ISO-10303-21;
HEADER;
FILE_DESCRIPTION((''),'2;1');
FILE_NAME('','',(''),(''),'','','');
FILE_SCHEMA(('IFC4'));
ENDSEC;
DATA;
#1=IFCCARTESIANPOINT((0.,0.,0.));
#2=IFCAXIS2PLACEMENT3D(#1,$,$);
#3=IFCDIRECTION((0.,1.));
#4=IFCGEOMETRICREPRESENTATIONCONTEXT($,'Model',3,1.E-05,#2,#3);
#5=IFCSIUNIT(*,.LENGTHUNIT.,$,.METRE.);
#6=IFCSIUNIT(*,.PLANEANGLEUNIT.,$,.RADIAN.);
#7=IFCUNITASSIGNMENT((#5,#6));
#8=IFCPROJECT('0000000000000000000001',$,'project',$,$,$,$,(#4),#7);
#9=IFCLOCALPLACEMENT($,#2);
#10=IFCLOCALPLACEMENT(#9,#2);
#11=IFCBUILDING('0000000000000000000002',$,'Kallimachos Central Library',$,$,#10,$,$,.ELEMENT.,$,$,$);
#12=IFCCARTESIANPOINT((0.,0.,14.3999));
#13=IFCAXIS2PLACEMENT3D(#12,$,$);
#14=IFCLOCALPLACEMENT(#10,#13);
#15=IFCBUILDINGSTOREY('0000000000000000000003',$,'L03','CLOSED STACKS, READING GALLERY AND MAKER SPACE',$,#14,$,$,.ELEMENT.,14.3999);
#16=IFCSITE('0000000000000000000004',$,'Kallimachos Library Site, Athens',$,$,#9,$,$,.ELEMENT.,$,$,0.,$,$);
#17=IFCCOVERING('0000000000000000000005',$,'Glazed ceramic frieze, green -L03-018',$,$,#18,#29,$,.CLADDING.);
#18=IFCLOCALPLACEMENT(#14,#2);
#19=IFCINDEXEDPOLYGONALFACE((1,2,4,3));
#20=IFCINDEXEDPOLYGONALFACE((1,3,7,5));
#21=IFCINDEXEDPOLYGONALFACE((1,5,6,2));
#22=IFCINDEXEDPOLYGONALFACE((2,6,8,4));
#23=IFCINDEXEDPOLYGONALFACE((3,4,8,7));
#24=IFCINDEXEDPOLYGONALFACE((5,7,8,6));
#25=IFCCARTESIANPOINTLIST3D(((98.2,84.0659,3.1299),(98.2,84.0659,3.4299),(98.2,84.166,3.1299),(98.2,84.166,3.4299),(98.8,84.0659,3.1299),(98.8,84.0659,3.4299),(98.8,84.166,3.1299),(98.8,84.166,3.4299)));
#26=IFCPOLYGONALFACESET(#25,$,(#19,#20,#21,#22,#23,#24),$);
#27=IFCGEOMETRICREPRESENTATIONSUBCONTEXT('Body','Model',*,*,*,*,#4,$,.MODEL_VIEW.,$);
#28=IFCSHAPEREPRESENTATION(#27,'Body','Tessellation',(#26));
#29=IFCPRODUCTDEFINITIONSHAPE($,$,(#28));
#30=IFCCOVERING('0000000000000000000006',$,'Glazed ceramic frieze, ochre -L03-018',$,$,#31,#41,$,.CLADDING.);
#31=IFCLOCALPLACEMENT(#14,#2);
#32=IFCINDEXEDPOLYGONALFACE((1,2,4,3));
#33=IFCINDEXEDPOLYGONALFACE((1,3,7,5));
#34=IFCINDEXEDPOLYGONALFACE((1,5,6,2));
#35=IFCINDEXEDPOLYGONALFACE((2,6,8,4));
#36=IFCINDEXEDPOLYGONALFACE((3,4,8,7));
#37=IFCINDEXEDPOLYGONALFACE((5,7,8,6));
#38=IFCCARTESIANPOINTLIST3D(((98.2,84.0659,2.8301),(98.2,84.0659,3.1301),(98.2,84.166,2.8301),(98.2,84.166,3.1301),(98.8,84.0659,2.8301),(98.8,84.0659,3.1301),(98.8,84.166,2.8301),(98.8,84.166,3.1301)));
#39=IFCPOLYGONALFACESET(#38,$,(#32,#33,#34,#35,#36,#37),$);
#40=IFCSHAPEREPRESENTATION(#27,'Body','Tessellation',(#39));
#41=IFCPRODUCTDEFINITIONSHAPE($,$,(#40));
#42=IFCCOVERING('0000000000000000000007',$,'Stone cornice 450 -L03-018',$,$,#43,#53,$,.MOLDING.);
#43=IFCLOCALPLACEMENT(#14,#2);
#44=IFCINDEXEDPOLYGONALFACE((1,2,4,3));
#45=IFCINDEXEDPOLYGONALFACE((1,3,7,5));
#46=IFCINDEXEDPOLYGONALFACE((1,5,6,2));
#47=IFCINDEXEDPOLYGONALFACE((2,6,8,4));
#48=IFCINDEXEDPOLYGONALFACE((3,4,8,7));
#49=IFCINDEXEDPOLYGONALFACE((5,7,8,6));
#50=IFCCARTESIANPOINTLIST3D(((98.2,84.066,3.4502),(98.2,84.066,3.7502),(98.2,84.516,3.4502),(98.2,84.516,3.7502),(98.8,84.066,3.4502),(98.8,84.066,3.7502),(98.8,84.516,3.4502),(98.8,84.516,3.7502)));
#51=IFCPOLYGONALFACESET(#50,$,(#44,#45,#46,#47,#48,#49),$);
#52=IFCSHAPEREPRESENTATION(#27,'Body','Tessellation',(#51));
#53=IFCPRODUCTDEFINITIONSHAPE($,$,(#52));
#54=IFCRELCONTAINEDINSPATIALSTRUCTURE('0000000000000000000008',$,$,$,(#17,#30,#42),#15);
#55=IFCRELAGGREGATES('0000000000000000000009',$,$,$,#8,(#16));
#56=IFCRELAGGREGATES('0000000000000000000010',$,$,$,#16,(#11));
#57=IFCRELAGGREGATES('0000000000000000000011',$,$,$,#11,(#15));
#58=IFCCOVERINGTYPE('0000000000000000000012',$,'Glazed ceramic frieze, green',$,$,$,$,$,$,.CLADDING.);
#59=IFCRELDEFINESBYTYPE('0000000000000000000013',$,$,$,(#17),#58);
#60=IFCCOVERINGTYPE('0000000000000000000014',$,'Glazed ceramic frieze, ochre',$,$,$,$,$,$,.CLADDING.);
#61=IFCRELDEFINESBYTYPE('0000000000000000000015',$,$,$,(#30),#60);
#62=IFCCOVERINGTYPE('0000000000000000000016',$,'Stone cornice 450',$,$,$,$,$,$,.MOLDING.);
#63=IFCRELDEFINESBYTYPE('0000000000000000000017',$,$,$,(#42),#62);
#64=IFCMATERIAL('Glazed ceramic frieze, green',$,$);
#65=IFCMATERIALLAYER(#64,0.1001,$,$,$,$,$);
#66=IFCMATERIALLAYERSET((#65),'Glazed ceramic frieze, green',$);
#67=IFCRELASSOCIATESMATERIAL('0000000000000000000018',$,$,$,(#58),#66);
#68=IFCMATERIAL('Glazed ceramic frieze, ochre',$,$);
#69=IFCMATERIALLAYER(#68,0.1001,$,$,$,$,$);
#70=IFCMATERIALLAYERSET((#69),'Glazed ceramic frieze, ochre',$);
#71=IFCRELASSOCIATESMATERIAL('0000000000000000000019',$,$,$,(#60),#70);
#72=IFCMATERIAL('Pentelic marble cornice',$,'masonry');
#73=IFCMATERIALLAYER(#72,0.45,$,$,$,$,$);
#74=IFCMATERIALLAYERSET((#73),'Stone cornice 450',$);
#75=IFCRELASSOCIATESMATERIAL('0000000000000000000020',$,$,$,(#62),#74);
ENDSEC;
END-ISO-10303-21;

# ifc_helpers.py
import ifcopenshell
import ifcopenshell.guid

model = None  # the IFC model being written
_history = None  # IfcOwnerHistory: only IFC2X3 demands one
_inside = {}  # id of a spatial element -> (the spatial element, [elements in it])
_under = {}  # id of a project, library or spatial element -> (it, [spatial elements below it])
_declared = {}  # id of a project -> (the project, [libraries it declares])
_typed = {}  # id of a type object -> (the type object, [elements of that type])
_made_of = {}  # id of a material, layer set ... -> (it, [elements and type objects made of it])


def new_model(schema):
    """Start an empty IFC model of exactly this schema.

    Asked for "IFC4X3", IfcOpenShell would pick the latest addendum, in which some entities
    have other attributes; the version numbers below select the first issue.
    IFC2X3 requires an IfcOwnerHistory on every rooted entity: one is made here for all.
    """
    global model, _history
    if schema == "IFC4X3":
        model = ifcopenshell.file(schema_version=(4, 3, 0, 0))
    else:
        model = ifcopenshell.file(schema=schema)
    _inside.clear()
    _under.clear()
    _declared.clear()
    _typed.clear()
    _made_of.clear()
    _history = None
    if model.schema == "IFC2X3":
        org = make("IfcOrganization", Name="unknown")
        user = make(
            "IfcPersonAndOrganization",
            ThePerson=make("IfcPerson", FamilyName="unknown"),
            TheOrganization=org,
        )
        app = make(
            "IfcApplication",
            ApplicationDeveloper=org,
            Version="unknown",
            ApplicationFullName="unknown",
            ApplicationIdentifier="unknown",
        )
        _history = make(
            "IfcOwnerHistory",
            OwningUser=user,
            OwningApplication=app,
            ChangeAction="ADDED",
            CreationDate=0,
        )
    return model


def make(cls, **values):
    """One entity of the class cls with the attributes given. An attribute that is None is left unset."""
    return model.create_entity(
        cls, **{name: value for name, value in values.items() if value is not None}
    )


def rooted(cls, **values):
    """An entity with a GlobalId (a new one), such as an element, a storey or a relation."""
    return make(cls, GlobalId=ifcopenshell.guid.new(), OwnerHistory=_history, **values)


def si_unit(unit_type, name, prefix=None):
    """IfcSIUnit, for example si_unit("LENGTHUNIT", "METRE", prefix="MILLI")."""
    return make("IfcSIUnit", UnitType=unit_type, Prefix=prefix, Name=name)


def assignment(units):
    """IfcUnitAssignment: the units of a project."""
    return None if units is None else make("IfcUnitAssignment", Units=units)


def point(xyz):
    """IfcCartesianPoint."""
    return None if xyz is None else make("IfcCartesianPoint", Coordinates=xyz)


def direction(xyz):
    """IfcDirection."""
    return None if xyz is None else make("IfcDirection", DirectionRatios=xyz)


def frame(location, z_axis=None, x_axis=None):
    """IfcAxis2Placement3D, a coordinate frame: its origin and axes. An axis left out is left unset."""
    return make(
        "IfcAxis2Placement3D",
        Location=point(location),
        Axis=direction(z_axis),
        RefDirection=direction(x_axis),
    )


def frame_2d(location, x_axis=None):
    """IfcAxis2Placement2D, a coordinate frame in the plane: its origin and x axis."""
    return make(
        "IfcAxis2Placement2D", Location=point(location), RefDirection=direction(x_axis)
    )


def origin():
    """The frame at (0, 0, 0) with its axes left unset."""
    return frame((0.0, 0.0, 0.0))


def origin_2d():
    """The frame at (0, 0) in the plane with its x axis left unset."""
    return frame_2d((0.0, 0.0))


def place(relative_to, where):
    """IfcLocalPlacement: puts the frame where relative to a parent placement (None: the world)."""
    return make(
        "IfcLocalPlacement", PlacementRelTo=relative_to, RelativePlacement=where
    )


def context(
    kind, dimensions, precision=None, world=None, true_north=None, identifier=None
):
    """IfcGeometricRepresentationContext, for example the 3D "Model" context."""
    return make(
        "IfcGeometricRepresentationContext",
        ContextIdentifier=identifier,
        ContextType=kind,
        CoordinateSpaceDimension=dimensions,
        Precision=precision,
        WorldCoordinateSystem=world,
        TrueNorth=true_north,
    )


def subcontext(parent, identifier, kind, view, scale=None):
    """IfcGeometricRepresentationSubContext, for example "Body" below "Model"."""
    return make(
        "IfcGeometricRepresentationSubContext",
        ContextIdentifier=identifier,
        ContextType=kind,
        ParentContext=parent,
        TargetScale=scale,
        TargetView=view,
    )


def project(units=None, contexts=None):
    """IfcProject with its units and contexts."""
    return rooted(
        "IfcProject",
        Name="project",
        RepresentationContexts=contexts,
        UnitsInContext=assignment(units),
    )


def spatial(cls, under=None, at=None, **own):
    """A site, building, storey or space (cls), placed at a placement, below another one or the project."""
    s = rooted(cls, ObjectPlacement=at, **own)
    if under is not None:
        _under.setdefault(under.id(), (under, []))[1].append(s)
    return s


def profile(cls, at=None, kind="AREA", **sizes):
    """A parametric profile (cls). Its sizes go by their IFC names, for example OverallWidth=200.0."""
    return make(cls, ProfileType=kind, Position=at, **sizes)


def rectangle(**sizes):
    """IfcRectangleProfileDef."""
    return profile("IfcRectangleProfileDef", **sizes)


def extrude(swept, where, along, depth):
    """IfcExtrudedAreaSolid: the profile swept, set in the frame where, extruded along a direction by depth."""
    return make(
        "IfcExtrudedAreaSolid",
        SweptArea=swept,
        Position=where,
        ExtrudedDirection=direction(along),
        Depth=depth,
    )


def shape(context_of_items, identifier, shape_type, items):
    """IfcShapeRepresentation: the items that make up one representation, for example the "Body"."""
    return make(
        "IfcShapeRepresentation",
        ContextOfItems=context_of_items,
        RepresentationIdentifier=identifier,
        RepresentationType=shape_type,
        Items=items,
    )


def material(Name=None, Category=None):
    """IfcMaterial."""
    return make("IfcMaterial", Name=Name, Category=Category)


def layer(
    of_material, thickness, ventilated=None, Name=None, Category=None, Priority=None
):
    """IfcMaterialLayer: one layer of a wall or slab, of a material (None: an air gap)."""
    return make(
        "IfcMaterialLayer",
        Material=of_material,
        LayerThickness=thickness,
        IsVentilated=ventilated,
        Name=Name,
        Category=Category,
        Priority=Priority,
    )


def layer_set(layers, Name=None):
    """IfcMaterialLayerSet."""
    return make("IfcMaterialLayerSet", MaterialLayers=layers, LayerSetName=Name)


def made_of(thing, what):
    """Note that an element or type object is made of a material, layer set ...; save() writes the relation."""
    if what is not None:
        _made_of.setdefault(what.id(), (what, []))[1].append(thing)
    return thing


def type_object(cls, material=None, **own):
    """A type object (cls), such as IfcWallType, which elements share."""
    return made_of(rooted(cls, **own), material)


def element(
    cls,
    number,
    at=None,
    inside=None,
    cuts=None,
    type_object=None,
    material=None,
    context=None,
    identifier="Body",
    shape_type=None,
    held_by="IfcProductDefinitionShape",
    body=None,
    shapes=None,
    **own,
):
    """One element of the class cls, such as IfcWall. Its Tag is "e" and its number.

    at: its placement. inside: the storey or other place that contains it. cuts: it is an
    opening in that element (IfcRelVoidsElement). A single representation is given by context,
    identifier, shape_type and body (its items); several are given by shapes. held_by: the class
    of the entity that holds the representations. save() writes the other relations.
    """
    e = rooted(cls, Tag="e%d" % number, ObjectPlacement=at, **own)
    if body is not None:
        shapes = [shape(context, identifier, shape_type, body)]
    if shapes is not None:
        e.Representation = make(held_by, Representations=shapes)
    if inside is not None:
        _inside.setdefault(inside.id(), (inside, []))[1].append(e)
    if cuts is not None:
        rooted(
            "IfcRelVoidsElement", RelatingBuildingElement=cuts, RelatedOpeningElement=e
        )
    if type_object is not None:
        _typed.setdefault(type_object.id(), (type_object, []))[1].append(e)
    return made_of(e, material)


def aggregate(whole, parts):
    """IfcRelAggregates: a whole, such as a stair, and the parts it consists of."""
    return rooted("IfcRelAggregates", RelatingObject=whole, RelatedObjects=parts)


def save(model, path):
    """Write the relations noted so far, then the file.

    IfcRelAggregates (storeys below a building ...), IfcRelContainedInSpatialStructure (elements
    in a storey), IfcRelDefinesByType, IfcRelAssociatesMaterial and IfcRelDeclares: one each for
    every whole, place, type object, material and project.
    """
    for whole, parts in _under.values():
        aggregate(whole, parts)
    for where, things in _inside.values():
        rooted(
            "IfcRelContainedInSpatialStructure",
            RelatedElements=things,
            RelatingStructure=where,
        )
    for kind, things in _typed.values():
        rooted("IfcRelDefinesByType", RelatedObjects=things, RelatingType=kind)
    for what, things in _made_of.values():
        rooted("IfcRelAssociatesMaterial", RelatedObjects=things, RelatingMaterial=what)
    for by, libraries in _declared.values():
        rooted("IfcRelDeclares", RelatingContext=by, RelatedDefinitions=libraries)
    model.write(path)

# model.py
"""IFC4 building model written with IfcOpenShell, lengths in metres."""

from ifc_helpers import new_model, si_unit, direction, frame, origin, origin_2d, place, context, subcontext, project, spatial, rectangle, extrude, material, layer, layer_set, type_object, element, save


model = new_model("IFC4")

# Units and contexts
model_context = context("Model", 3, precision=1e-05, world=origin(), true_north=direction((0.0, 1.0)))
body_context = subcontext(model_context, "Body", "Model", "MODEL_VIEW")
ifc_project = project(units=[si_unit("LENGTHUNIT", "METRE"), si_unit("PLANEANGLEUNIT", "RADIAN")], contexts=[model_context])

# Site, building, storey
site_placement = place(None, origin())
site = spatial("IfcSite", under=ifc_project, at=site_placement, Name="Kallimachos Library Site, Athens", CompositionType="ELEMENT", RefElevation=0.0)
building_placement = place(site_placement, origin())
building = spatial("IfcBuilding", under=site, at=building_placement, Name="Kallimachos Central Library", CompositionType="ELEMENT")
storey_placement = place(building_placement, frame((0.0, 0.0, 14.3999)))
storey = spatial("IfcBuildingStorey", under=building, at=storey_placement, Name="L03", Description="CLOSED STACKS, READING GALLERY AND MAKER SPACE", CompositionType="ELEMENT", Elevation=14.3999)

# Coverings
ifc_material_1 = material(Name="Glazed ceramic frieze, green")
ifc_layer_1 = layer(ifc_material_1, 0.1001)
ifc_layer_set_1 = layer_set([ifc_layer_1], Name="Glazed ceramic frieze, green")
covering_type_1 = type_object("IfcCoveringType", Name="Glazed ceramic frieze, green", PredefinedType="CLADDING", material=ifc_layer_set_1)
covering_1_placement = place(storey_placement, frame((98.5, 84.116, 3.1299), z_axis=(0.0, 0.0, 1.0), x_axis=(1.0, 0.0, 0.0)))
element("IfcCovering", 1, at=covering_1_placement, inside=storey, type_object=covering_type_1, Name="Glazed ceramic frieze, green -L03-018", PredefinedType="CLADDING", context=body_context, shape_type="SweptSolid", body=[
    extrude(rectangle(XDim=0.6001, YDim=0.1001, at=origin_2d()), origin(), (0.0, 0.0, 1.0), 0.3),
])
ifc_material_2 = material(Name="Glazed ceramic frieze, ochre")
ifc_layer_2 = layer(ifc_material_2, 0.1001)
ifc_layer_set_2 = layer_set([ifc_layer_2], Name="Glazed ceramic frieze, ochre")
covering_type_2 = type_object("IfcCoveringType", Name="Glazed ceramic frieze, ochre", PredefinedType="CLADDING", material=ifc_layer_set_2)
covering_2_placement = place(storey_placement, frame((98.5, 84.116, 2.8301), z_axis=(0.0, 0.0, 1.0), x_axis=(1.0, 0.0, 0.0)))
element("IfcCovering", 2, at=covering_2_placement, inside=storey, type_object=covering_type_2, Name="Glazed ceramic frieze, ochre -L03-018", PredefinedType="CLADDING", context=body_context, shape_type="SweptSolid", body=[
    extrude(rectangle(XDim=0.6001, YDim=0.1001, at=origin_2d()), origin(), (0.0, 0.0, 1.0), 0.3),
])
ifc_material_3 = material(Name="Pentelic marble cornice", Category="masonry")
ifc_layer_3 = layer(ifc_material_3, 0.45)
ifc_layer_set_3 = layer_set([ifc_layer_3], Name="Stone cornice 450")
covering_type_3 = type_object("IfcCoveringType", Name="Stone cornice 450", PredefinedType="MOLDING", material=ifc_layer_set_3)
covering_3_placement = place(storey_placement, frame((98.5, 84.291, 3.4502), z_axis=(0.0, 0.0, 1.0), x_axis=(1.0, 0.0, 0.0)))
element("IfcCovering", 3, at=covering_3_placement, inside=storey, type_object=covering_type_3, Name="Stone cornice 450 -L03-018", PredefinedType="MOLDING", context=body_context, shape_type="SweptSolid", body=[
    extrude(rectangle(XDim=0.6001, YDim=0.45, at=origin_2d()), origin(), (0.0, 0.0, 1.0), 0.3),
])

save(model, "model.ifc")
